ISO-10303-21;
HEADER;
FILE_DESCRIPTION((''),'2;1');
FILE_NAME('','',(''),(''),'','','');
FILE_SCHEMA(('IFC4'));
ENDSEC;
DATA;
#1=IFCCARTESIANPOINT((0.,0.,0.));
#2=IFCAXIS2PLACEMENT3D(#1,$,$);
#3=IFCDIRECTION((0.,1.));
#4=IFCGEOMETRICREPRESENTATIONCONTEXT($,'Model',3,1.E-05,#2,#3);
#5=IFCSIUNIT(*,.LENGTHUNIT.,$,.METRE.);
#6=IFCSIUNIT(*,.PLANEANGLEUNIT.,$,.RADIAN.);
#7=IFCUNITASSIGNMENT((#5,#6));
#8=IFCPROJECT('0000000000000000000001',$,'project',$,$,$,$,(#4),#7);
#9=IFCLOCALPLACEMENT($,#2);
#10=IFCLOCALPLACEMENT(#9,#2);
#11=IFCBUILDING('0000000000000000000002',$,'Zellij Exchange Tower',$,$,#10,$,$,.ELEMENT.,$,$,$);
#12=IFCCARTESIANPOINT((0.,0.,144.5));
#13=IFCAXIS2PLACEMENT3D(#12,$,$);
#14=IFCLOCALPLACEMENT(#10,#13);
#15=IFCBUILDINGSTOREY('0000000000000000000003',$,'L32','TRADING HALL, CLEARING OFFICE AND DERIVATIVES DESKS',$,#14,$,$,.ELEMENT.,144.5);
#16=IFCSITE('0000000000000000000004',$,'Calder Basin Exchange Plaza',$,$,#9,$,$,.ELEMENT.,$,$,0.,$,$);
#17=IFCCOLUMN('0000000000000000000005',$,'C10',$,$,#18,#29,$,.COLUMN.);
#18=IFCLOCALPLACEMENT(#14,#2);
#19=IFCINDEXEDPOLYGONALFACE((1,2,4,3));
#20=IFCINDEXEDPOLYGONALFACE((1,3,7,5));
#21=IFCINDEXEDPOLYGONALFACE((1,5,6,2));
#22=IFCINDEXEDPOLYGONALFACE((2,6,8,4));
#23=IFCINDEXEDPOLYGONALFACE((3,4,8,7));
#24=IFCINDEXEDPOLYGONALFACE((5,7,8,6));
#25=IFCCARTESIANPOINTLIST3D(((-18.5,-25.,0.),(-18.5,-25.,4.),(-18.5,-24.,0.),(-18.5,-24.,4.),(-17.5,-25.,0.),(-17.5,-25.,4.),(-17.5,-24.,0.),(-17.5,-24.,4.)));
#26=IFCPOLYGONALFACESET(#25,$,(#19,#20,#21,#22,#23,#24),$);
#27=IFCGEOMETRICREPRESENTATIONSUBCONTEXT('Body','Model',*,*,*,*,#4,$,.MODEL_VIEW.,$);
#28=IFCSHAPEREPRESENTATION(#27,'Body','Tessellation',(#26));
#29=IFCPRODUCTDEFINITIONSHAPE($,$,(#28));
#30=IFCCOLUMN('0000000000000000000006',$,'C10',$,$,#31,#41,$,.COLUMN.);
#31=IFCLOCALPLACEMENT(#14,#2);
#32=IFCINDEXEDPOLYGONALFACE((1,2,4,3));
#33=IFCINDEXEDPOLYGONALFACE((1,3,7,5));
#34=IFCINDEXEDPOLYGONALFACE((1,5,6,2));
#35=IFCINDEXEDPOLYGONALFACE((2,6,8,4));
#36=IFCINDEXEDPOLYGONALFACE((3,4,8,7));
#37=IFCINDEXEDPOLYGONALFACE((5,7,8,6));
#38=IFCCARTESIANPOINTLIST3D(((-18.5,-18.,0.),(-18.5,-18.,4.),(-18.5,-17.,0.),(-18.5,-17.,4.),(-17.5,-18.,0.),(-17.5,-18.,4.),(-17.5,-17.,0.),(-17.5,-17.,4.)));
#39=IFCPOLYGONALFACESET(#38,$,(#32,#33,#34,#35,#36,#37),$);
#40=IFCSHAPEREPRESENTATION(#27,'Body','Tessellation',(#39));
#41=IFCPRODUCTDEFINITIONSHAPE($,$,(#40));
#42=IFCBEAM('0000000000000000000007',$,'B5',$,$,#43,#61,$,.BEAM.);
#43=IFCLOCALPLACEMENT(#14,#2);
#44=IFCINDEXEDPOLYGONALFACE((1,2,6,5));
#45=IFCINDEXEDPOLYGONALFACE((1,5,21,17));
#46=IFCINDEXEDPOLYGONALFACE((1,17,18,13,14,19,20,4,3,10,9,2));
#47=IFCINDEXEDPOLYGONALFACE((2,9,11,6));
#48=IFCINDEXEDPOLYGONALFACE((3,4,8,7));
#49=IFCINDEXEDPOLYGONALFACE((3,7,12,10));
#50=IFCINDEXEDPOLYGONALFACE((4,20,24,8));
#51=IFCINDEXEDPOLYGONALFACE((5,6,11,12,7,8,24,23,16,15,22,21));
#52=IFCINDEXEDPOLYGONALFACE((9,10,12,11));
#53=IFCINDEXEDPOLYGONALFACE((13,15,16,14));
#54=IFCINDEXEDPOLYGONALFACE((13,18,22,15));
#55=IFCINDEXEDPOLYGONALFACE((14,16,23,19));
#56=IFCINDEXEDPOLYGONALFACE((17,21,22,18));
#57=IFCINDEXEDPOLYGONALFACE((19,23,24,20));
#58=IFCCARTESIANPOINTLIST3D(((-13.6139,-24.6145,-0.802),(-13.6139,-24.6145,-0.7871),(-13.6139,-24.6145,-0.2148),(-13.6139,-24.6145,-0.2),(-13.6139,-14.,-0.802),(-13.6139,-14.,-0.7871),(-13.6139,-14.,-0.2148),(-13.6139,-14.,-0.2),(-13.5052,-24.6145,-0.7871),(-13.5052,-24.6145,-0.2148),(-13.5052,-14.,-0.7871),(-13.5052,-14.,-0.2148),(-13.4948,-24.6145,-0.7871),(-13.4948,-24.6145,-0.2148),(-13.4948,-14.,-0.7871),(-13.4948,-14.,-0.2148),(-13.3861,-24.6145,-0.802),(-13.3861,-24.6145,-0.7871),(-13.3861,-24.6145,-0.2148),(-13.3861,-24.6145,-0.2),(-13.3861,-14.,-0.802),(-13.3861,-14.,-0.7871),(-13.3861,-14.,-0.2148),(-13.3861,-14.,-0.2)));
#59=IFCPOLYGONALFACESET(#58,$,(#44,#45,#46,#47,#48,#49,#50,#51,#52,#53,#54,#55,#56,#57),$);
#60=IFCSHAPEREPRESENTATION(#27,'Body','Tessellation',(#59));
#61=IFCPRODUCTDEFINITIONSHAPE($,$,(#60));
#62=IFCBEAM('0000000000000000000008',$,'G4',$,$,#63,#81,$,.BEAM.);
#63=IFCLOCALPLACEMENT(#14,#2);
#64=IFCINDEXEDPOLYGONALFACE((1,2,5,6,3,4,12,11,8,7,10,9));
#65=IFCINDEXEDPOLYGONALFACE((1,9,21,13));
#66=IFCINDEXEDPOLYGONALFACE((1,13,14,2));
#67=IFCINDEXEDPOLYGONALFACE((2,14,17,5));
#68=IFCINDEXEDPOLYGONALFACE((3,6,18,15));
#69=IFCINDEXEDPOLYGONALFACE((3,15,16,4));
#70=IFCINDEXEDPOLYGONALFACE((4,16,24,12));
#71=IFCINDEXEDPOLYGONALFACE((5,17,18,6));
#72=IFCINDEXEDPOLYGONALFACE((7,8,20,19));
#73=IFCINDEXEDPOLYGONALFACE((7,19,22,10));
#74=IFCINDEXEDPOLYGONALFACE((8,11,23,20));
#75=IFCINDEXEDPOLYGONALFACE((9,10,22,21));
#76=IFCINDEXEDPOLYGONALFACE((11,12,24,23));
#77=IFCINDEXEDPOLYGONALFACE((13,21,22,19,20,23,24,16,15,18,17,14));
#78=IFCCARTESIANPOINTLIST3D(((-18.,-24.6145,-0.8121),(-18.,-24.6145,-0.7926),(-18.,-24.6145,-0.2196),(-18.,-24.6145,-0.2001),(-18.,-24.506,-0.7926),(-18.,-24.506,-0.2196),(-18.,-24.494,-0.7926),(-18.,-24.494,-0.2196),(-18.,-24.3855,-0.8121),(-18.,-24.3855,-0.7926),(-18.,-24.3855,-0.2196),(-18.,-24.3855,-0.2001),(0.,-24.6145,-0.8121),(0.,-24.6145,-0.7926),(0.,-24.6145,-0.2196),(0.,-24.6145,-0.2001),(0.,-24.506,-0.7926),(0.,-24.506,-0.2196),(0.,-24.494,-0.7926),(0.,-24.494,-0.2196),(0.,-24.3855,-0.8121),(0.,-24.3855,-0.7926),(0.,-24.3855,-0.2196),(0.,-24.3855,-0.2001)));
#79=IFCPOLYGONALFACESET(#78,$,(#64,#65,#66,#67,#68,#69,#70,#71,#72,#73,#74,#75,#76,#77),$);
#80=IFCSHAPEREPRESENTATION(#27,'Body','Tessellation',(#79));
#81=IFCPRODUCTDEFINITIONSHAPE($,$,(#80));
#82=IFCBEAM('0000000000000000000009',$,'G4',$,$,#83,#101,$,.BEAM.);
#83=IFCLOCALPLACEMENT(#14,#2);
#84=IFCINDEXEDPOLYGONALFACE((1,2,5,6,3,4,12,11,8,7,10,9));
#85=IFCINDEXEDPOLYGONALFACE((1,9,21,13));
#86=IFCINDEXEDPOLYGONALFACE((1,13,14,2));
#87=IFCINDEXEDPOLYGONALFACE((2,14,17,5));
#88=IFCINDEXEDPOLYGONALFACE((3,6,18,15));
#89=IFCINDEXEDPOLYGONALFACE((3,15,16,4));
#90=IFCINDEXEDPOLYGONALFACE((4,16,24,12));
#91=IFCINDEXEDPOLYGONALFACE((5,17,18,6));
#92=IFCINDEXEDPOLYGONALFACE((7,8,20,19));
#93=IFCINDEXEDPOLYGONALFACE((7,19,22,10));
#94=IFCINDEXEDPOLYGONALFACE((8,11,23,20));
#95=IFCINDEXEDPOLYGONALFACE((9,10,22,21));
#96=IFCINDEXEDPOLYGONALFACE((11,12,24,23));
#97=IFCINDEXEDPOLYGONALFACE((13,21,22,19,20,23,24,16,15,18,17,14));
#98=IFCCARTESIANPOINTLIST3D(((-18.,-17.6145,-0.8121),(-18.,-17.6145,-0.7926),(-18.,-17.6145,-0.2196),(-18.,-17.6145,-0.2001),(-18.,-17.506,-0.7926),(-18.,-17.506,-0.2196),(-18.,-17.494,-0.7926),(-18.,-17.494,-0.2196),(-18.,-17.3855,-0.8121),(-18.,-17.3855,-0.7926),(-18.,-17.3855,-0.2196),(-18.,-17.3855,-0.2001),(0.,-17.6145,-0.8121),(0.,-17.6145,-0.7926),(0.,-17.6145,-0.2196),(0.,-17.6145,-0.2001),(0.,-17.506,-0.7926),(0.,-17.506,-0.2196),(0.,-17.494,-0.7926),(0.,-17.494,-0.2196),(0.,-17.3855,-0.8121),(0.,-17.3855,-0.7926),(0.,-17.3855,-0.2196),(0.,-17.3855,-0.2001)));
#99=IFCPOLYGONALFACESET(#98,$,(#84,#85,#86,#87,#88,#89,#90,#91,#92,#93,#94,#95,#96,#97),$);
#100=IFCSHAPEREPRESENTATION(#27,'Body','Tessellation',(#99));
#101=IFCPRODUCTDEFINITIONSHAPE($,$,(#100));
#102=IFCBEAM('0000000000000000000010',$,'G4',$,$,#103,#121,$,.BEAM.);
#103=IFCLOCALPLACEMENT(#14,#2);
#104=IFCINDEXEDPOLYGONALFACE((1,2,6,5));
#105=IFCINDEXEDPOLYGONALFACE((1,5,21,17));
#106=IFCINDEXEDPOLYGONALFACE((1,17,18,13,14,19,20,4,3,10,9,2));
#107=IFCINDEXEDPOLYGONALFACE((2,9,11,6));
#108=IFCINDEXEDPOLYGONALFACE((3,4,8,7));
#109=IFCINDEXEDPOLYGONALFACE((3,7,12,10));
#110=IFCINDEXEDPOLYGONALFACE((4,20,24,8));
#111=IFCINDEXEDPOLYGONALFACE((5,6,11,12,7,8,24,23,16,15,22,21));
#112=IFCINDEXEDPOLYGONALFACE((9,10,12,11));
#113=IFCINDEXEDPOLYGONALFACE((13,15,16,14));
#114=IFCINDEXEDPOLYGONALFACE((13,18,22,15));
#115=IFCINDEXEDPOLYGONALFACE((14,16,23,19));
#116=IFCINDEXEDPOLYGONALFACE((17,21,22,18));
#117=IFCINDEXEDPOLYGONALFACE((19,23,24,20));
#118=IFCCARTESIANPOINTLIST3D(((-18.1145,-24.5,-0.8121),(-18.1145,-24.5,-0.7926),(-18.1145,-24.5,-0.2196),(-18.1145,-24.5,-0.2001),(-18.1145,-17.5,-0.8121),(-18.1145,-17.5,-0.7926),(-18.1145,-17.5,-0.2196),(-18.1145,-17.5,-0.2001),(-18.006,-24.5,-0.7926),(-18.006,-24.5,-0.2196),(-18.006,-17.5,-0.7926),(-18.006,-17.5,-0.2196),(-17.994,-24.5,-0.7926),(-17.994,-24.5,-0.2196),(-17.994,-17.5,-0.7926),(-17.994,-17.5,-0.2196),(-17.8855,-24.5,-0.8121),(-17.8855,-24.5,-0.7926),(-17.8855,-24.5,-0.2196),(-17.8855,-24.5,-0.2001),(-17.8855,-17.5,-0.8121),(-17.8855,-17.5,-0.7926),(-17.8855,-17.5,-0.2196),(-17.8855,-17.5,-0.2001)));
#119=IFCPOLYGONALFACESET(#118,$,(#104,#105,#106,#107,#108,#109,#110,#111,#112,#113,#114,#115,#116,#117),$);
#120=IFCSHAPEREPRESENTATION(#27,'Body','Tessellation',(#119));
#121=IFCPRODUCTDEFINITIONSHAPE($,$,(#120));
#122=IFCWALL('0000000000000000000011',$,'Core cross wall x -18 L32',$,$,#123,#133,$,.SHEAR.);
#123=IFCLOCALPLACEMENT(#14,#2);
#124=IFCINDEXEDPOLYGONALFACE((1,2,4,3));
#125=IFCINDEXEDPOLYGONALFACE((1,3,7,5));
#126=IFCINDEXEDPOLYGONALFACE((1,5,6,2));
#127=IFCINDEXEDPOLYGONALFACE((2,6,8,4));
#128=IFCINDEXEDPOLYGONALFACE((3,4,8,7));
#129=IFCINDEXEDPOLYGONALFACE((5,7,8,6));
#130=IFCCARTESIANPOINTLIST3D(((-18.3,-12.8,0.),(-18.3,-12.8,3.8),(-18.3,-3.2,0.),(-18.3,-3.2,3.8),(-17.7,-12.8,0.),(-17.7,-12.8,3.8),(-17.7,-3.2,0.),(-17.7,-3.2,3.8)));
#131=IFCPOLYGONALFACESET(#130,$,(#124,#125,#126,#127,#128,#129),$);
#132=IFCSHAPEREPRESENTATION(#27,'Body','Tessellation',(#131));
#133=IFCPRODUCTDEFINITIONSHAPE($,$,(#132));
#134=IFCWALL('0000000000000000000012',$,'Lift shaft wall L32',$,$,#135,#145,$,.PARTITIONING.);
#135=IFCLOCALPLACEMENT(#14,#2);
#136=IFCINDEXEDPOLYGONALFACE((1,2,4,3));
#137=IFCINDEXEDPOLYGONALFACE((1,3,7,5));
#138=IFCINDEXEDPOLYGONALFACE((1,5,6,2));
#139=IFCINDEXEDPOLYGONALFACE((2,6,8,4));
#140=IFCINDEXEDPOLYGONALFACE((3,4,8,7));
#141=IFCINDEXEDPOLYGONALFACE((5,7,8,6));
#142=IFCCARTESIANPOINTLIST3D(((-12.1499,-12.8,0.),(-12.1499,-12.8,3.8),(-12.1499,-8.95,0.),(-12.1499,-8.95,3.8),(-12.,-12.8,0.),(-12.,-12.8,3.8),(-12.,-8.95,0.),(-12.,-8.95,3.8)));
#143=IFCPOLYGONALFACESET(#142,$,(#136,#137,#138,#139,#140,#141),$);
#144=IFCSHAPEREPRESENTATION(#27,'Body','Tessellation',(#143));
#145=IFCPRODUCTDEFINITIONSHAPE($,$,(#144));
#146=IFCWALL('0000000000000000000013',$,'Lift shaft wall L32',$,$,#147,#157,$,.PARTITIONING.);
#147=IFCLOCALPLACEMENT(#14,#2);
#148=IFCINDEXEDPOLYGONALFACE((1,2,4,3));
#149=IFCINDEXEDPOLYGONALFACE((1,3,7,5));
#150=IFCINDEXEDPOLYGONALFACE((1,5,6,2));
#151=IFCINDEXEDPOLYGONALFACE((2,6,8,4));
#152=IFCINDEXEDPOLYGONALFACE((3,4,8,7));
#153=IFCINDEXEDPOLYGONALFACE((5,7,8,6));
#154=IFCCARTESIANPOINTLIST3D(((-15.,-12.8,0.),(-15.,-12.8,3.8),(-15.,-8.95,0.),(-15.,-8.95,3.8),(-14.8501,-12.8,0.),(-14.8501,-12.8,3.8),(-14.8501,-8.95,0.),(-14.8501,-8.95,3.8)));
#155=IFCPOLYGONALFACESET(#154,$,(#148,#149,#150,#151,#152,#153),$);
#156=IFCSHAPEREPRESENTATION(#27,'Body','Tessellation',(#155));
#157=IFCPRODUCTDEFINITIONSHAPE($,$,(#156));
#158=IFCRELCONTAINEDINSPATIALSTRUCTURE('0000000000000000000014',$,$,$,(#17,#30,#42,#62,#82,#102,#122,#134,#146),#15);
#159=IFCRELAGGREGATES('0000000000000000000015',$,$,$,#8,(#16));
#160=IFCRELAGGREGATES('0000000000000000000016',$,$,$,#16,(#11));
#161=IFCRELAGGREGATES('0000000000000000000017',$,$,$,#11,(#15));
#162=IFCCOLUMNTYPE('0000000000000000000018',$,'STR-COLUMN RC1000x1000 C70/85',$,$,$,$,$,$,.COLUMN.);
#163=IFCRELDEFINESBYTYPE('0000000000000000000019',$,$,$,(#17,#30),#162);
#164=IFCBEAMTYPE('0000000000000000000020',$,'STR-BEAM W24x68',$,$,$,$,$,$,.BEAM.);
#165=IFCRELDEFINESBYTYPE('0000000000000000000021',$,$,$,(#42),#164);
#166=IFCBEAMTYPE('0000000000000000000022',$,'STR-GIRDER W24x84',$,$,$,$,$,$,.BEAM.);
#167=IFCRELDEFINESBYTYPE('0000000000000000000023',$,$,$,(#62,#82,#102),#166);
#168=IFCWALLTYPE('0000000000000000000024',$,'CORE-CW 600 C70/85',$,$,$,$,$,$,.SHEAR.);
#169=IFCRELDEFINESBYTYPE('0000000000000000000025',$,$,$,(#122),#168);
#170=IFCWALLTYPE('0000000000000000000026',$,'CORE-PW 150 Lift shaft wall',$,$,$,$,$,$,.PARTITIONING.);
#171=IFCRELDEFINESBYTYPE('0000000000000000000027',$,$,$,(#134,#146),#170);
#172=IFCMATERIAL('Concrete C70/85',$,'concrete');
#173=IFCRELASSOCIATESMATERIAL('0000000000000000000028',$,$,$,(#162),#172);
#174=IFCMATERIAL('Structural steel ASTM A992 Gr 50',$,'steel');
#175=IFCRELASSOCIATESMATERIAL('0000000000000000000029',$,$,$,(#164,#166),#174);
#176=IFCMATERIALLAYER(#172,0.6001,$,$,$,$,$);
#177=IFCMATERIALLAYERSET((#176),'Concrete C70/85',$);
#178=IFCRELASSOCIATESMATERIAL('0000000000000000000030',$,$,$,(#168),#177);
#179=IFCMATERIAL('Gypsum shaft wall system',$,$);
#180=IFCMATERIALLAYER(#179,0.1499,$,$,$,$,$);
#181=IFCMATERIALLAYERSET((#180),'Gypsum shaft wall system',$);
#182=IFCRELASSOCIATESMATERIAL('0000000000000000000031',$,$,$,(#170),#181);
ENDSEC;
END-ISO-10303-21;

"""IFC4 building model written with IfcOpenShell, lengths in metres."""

from ifc_helpers import new_model, si_unit, direction, frame, frame_2d, origin, origin_2d, place, context, subcontext, project, spatial, rectangle, i_section, extrude, material, layer, layer_set, material_profile, profile_set, type_object, element, save


model = new_model("IFC4")

# Units and contexts
model_context = context("Model", 3, precision=1e-05, world=origin(), true_north=direction((0.0, 1.0)))
body_context = subcontext(model_context, "Body", "Model", "MODEL_VIEW")
ifc_project = project(units=[si_unit("LENGTHUNIT", "METRE"), si_unit("PLANEANGLEUNIT", "RADIAN")], contexts=[model_context])

# Site, building, storey
site_placement = place(None, origin())
site = spatial("IfcSite", under=ifc_project, at=site_placement, Name="Calder Basin Exchange Plaza", CompositionType="ELEMENT", RefElevation=0.0)
building_placement = place(site_placement, origin())
building = spatial("IfcBuilding", under=site, at=building_placement, Name="Zellij Exchange Tower", CompositionType="ELEMENT")
storey_placement = place(building_placement, frame((0.0, 0.0, 144.5)))
storey = spatial("IfcBuildingStorey", under=building, at=storey_placement, Name="L32", Description="TRADING HALL, CLEARING OFFICE AND DERIVATIVES DESKS", CompositionType="ELEMENT", Elevation=144.5)

# Columns
ifc_material_1 = material(Name="Concrete C70/85", Category="concrete")
ifc_material_profile_1 = material_profile(ifc_material_1, rectangle(XDim=1.0, YDim=1.0, at=origin_2d()), Name="STR-COLUMN RC1000x1000 C70/85")
ifc_profile_set_1 = profile_set([ifc_material_profile_1], Name="Concrete C70/85")
column_type = type_object("IfcColumnType", Name="STR-COLUMN RC1000x1000 C70/85", PredefinedType="COLUMN", material=ifc_profile_set_1)
for number, where, z_axis, x_axis, name in (
    (1, (-18.0, -24.5, 0.0), (0.0, 0.0, 1.0), (1.0, 0.0, 0.0), "C10"),
    (2, (-18.0, -17.5, 0.0), (0.0, 0.0, 1.0), (1.0, 0.0, 0.0), "C10"),
):
    element("IfcColumn", number, at=place(storey_placement, frame(where, z_axis=z_axis, x_axis=x_axis)), inside=storey, type_object=column_type, Name=name, PredefinedType="COLUMN", context=body_context, shape_type="SweptSolid", body=[
        extrude(rectangle(XDim=1.0, YDim=1.0, at=origin_2d()), origin(), (0.0, 0.0, 1.0), 4.0),
    ])

# Beams
ifc_material_2 = material(Name="Structural steel ASTM A992 Gr 50", Category="steel")
ifc_material_profile_2 = material_profile(ifc_material_2, i_section(OverallWidth=0.2278, OverallDepth=0.6021, WebThickness=0.0105, FlangeThickness=0.0149, at=origin_2d()), Name="W24x68")
ifc_profile_set_2 = profile_set([ifc_material_profile_2], Name="Structural steel ASTM A992 Gr 50")
beam_type_1 = type_object("IfcBeamType", Name="STR-BEAM W24x68", PredefinedType="BEAM", material=ifc_profile_set_2)
beam_1_placement = place(storey_placement, frame((-13.5, -24.6145, -0.501), z_axis=(0.0, 1.0, 0.0), x_axis=(-1.0, 0.0, 0.0)))
element("IfcBeam", 3, at=beam_1_placement, inside=storey, type_object=beam_type_1, Name="B5", PredefinedType="BEAM", context=body_context, shape_type="SweptSolid", body=[
    extrude(i_section(OverallWidth=0.2278, OverallDepth=0.6021, WebThickness=0.0105, FlangeThickness=0.0149, at=origin_2d()), origin(), (0.0, 0.0, 1.0), 10.6145),
])
ifc_material_profile_3 = material_profile(ifc_material_2, i_section(OverallWidth=0.229, OverallDepth=0.6121, WebThickness=0.012, FlangeThickness=0.0195, at=origin_2d()), Name="W24x84")
ifc_profile_set_3 = profile_set([ifc_material_profile_3], Name="Structural steel ASTM A992 Gr 50")
beam_type_2 = type_object("IfcBeamType", Name="STR-GIRDER W24x84", PredefinedType="BEAM", material=ifc_profile_set_3)
for number, where, z_axis, x_axis, name in (
    (4, (-18.0, -24.5, -0.5061), (1.0, 0.0, 0.0), (0.0, 1.0, 0.0), "G4"),
    (5, (-18.0, -17.5, -0.5061), (1.0, 0.0, 0.0), (0.0, 1.0, 0.0), "G4"),
):
    element("IfcBeam", number, at=place(storey_placement, frame(where, z_axis=z_axis, x_axis=x_axis)), inside=storey, type_object=beam_type_2, Name=name, PredefinedType="BEAM", context=body_context, shape_type="SweptSolid", body=[
        extrude(i_section(OverallWidth=0.229, OverallDepth=0.6121, WebThickness=0.012, FlangeThickness=0.0195, at=origin_2d()), origin(), (0.0, 0.0, 1.0), 18.0),
    ])
beam_2_placement = place(storey_placement, frame((-18.0, -24.5, -0.5061), z_axis=(0.0, 1.0, 0.0), x_axis=(-1.0, 0.0, 0.0)))
element("IfcBeam", 6, at=beam_2_placement, inside=storey, type_object=beam_type_2, Name="G4", PredefinedType="BEAM", context=body_context, shape_type="SweptSolid", body=[
    extrude(i_section(OverallWidth=0.229, OverallDepth=0.6121, WebThickness=0.012, FlangeThickness=0.0195, at=origin_2d()), origin(), (0.0, 0.0, 1.0), 7.0),
])

# Walls
ifc_layer_1 = layer(ifc_material_1, 0.6001)
ifc_layer_set_1 = layer_set([ifc_layer_1], Name="Concrete C70/85")
wall_type_1 = type_object("IfcWallType", Name="CORE-CW 600 C70/85", PredefinedType="SHEAR", material=ifc_layer_set_1)
wall_1_placement = place(storey_placement, frame((-18.0, -12.8, 0.0), z_axis=(0.0, 0.0, 1.0), x_axis=(0.0, 1.0, 0.0)))
element("IfcWall", 7, at=wall_1_placement, inside=storey, type_object=wall_type_1, Name="Core cross wall x -18 L32", PredefinedType="SHEAR", context=body_context, shape_type="SweptSolid", body=[
    extrude(rectangle(XDim=9.6001, YDim=0.6001, at=frame_2d((4.8, 0.0))), origin(), (0.0, 0.0, 1.0), 3.8),
])
ifc_material_3 = material(Name="Gypsum shaft wall system")
ifc_layer_2 = layer(ifc_material_3, 0.1499)
ifc_layer_set_2 = layer_set([ifc_layer_2], Name="Gypsum shaft wall system")
wall_type_2 = type_object("IfcWallType", Name="CORE-PW 150 Lift shaft wall", PredefinedType="PARTITIONING", material=ifc_layer_set_2)
for number, where, z_axis, x_axis, name in (
    (8, (-12.075, -12.8, 0.0), (0.0, 0.0, 1.0), (0.0, 1.0, 0.0), "Lift shaft wall L32"),
    (9, (-14.925, -12.8, 0.0), (0.0, 0.0, 1.0), (0.0, 1.0, 0.0), "Lift shaft wall L32"),
):
    element("IfcWall", number, at=place(storey_placement, frame(where, z_axis=z_axis, x_axis=x_axis)), inside=storey, type_object=wall_type_2, Name=name, PredefinedType="PARTITIONING", context=body_context, shape_type="SweptSolid", body=[
        extrude(rectangle(XDim=3.8501, YDim=0.1499, at=frame_2d((1.925, 0.0))), origin(), (0.0, 0.0, 1.0), 3.8),
    ])

save(model, "model.ifc")
